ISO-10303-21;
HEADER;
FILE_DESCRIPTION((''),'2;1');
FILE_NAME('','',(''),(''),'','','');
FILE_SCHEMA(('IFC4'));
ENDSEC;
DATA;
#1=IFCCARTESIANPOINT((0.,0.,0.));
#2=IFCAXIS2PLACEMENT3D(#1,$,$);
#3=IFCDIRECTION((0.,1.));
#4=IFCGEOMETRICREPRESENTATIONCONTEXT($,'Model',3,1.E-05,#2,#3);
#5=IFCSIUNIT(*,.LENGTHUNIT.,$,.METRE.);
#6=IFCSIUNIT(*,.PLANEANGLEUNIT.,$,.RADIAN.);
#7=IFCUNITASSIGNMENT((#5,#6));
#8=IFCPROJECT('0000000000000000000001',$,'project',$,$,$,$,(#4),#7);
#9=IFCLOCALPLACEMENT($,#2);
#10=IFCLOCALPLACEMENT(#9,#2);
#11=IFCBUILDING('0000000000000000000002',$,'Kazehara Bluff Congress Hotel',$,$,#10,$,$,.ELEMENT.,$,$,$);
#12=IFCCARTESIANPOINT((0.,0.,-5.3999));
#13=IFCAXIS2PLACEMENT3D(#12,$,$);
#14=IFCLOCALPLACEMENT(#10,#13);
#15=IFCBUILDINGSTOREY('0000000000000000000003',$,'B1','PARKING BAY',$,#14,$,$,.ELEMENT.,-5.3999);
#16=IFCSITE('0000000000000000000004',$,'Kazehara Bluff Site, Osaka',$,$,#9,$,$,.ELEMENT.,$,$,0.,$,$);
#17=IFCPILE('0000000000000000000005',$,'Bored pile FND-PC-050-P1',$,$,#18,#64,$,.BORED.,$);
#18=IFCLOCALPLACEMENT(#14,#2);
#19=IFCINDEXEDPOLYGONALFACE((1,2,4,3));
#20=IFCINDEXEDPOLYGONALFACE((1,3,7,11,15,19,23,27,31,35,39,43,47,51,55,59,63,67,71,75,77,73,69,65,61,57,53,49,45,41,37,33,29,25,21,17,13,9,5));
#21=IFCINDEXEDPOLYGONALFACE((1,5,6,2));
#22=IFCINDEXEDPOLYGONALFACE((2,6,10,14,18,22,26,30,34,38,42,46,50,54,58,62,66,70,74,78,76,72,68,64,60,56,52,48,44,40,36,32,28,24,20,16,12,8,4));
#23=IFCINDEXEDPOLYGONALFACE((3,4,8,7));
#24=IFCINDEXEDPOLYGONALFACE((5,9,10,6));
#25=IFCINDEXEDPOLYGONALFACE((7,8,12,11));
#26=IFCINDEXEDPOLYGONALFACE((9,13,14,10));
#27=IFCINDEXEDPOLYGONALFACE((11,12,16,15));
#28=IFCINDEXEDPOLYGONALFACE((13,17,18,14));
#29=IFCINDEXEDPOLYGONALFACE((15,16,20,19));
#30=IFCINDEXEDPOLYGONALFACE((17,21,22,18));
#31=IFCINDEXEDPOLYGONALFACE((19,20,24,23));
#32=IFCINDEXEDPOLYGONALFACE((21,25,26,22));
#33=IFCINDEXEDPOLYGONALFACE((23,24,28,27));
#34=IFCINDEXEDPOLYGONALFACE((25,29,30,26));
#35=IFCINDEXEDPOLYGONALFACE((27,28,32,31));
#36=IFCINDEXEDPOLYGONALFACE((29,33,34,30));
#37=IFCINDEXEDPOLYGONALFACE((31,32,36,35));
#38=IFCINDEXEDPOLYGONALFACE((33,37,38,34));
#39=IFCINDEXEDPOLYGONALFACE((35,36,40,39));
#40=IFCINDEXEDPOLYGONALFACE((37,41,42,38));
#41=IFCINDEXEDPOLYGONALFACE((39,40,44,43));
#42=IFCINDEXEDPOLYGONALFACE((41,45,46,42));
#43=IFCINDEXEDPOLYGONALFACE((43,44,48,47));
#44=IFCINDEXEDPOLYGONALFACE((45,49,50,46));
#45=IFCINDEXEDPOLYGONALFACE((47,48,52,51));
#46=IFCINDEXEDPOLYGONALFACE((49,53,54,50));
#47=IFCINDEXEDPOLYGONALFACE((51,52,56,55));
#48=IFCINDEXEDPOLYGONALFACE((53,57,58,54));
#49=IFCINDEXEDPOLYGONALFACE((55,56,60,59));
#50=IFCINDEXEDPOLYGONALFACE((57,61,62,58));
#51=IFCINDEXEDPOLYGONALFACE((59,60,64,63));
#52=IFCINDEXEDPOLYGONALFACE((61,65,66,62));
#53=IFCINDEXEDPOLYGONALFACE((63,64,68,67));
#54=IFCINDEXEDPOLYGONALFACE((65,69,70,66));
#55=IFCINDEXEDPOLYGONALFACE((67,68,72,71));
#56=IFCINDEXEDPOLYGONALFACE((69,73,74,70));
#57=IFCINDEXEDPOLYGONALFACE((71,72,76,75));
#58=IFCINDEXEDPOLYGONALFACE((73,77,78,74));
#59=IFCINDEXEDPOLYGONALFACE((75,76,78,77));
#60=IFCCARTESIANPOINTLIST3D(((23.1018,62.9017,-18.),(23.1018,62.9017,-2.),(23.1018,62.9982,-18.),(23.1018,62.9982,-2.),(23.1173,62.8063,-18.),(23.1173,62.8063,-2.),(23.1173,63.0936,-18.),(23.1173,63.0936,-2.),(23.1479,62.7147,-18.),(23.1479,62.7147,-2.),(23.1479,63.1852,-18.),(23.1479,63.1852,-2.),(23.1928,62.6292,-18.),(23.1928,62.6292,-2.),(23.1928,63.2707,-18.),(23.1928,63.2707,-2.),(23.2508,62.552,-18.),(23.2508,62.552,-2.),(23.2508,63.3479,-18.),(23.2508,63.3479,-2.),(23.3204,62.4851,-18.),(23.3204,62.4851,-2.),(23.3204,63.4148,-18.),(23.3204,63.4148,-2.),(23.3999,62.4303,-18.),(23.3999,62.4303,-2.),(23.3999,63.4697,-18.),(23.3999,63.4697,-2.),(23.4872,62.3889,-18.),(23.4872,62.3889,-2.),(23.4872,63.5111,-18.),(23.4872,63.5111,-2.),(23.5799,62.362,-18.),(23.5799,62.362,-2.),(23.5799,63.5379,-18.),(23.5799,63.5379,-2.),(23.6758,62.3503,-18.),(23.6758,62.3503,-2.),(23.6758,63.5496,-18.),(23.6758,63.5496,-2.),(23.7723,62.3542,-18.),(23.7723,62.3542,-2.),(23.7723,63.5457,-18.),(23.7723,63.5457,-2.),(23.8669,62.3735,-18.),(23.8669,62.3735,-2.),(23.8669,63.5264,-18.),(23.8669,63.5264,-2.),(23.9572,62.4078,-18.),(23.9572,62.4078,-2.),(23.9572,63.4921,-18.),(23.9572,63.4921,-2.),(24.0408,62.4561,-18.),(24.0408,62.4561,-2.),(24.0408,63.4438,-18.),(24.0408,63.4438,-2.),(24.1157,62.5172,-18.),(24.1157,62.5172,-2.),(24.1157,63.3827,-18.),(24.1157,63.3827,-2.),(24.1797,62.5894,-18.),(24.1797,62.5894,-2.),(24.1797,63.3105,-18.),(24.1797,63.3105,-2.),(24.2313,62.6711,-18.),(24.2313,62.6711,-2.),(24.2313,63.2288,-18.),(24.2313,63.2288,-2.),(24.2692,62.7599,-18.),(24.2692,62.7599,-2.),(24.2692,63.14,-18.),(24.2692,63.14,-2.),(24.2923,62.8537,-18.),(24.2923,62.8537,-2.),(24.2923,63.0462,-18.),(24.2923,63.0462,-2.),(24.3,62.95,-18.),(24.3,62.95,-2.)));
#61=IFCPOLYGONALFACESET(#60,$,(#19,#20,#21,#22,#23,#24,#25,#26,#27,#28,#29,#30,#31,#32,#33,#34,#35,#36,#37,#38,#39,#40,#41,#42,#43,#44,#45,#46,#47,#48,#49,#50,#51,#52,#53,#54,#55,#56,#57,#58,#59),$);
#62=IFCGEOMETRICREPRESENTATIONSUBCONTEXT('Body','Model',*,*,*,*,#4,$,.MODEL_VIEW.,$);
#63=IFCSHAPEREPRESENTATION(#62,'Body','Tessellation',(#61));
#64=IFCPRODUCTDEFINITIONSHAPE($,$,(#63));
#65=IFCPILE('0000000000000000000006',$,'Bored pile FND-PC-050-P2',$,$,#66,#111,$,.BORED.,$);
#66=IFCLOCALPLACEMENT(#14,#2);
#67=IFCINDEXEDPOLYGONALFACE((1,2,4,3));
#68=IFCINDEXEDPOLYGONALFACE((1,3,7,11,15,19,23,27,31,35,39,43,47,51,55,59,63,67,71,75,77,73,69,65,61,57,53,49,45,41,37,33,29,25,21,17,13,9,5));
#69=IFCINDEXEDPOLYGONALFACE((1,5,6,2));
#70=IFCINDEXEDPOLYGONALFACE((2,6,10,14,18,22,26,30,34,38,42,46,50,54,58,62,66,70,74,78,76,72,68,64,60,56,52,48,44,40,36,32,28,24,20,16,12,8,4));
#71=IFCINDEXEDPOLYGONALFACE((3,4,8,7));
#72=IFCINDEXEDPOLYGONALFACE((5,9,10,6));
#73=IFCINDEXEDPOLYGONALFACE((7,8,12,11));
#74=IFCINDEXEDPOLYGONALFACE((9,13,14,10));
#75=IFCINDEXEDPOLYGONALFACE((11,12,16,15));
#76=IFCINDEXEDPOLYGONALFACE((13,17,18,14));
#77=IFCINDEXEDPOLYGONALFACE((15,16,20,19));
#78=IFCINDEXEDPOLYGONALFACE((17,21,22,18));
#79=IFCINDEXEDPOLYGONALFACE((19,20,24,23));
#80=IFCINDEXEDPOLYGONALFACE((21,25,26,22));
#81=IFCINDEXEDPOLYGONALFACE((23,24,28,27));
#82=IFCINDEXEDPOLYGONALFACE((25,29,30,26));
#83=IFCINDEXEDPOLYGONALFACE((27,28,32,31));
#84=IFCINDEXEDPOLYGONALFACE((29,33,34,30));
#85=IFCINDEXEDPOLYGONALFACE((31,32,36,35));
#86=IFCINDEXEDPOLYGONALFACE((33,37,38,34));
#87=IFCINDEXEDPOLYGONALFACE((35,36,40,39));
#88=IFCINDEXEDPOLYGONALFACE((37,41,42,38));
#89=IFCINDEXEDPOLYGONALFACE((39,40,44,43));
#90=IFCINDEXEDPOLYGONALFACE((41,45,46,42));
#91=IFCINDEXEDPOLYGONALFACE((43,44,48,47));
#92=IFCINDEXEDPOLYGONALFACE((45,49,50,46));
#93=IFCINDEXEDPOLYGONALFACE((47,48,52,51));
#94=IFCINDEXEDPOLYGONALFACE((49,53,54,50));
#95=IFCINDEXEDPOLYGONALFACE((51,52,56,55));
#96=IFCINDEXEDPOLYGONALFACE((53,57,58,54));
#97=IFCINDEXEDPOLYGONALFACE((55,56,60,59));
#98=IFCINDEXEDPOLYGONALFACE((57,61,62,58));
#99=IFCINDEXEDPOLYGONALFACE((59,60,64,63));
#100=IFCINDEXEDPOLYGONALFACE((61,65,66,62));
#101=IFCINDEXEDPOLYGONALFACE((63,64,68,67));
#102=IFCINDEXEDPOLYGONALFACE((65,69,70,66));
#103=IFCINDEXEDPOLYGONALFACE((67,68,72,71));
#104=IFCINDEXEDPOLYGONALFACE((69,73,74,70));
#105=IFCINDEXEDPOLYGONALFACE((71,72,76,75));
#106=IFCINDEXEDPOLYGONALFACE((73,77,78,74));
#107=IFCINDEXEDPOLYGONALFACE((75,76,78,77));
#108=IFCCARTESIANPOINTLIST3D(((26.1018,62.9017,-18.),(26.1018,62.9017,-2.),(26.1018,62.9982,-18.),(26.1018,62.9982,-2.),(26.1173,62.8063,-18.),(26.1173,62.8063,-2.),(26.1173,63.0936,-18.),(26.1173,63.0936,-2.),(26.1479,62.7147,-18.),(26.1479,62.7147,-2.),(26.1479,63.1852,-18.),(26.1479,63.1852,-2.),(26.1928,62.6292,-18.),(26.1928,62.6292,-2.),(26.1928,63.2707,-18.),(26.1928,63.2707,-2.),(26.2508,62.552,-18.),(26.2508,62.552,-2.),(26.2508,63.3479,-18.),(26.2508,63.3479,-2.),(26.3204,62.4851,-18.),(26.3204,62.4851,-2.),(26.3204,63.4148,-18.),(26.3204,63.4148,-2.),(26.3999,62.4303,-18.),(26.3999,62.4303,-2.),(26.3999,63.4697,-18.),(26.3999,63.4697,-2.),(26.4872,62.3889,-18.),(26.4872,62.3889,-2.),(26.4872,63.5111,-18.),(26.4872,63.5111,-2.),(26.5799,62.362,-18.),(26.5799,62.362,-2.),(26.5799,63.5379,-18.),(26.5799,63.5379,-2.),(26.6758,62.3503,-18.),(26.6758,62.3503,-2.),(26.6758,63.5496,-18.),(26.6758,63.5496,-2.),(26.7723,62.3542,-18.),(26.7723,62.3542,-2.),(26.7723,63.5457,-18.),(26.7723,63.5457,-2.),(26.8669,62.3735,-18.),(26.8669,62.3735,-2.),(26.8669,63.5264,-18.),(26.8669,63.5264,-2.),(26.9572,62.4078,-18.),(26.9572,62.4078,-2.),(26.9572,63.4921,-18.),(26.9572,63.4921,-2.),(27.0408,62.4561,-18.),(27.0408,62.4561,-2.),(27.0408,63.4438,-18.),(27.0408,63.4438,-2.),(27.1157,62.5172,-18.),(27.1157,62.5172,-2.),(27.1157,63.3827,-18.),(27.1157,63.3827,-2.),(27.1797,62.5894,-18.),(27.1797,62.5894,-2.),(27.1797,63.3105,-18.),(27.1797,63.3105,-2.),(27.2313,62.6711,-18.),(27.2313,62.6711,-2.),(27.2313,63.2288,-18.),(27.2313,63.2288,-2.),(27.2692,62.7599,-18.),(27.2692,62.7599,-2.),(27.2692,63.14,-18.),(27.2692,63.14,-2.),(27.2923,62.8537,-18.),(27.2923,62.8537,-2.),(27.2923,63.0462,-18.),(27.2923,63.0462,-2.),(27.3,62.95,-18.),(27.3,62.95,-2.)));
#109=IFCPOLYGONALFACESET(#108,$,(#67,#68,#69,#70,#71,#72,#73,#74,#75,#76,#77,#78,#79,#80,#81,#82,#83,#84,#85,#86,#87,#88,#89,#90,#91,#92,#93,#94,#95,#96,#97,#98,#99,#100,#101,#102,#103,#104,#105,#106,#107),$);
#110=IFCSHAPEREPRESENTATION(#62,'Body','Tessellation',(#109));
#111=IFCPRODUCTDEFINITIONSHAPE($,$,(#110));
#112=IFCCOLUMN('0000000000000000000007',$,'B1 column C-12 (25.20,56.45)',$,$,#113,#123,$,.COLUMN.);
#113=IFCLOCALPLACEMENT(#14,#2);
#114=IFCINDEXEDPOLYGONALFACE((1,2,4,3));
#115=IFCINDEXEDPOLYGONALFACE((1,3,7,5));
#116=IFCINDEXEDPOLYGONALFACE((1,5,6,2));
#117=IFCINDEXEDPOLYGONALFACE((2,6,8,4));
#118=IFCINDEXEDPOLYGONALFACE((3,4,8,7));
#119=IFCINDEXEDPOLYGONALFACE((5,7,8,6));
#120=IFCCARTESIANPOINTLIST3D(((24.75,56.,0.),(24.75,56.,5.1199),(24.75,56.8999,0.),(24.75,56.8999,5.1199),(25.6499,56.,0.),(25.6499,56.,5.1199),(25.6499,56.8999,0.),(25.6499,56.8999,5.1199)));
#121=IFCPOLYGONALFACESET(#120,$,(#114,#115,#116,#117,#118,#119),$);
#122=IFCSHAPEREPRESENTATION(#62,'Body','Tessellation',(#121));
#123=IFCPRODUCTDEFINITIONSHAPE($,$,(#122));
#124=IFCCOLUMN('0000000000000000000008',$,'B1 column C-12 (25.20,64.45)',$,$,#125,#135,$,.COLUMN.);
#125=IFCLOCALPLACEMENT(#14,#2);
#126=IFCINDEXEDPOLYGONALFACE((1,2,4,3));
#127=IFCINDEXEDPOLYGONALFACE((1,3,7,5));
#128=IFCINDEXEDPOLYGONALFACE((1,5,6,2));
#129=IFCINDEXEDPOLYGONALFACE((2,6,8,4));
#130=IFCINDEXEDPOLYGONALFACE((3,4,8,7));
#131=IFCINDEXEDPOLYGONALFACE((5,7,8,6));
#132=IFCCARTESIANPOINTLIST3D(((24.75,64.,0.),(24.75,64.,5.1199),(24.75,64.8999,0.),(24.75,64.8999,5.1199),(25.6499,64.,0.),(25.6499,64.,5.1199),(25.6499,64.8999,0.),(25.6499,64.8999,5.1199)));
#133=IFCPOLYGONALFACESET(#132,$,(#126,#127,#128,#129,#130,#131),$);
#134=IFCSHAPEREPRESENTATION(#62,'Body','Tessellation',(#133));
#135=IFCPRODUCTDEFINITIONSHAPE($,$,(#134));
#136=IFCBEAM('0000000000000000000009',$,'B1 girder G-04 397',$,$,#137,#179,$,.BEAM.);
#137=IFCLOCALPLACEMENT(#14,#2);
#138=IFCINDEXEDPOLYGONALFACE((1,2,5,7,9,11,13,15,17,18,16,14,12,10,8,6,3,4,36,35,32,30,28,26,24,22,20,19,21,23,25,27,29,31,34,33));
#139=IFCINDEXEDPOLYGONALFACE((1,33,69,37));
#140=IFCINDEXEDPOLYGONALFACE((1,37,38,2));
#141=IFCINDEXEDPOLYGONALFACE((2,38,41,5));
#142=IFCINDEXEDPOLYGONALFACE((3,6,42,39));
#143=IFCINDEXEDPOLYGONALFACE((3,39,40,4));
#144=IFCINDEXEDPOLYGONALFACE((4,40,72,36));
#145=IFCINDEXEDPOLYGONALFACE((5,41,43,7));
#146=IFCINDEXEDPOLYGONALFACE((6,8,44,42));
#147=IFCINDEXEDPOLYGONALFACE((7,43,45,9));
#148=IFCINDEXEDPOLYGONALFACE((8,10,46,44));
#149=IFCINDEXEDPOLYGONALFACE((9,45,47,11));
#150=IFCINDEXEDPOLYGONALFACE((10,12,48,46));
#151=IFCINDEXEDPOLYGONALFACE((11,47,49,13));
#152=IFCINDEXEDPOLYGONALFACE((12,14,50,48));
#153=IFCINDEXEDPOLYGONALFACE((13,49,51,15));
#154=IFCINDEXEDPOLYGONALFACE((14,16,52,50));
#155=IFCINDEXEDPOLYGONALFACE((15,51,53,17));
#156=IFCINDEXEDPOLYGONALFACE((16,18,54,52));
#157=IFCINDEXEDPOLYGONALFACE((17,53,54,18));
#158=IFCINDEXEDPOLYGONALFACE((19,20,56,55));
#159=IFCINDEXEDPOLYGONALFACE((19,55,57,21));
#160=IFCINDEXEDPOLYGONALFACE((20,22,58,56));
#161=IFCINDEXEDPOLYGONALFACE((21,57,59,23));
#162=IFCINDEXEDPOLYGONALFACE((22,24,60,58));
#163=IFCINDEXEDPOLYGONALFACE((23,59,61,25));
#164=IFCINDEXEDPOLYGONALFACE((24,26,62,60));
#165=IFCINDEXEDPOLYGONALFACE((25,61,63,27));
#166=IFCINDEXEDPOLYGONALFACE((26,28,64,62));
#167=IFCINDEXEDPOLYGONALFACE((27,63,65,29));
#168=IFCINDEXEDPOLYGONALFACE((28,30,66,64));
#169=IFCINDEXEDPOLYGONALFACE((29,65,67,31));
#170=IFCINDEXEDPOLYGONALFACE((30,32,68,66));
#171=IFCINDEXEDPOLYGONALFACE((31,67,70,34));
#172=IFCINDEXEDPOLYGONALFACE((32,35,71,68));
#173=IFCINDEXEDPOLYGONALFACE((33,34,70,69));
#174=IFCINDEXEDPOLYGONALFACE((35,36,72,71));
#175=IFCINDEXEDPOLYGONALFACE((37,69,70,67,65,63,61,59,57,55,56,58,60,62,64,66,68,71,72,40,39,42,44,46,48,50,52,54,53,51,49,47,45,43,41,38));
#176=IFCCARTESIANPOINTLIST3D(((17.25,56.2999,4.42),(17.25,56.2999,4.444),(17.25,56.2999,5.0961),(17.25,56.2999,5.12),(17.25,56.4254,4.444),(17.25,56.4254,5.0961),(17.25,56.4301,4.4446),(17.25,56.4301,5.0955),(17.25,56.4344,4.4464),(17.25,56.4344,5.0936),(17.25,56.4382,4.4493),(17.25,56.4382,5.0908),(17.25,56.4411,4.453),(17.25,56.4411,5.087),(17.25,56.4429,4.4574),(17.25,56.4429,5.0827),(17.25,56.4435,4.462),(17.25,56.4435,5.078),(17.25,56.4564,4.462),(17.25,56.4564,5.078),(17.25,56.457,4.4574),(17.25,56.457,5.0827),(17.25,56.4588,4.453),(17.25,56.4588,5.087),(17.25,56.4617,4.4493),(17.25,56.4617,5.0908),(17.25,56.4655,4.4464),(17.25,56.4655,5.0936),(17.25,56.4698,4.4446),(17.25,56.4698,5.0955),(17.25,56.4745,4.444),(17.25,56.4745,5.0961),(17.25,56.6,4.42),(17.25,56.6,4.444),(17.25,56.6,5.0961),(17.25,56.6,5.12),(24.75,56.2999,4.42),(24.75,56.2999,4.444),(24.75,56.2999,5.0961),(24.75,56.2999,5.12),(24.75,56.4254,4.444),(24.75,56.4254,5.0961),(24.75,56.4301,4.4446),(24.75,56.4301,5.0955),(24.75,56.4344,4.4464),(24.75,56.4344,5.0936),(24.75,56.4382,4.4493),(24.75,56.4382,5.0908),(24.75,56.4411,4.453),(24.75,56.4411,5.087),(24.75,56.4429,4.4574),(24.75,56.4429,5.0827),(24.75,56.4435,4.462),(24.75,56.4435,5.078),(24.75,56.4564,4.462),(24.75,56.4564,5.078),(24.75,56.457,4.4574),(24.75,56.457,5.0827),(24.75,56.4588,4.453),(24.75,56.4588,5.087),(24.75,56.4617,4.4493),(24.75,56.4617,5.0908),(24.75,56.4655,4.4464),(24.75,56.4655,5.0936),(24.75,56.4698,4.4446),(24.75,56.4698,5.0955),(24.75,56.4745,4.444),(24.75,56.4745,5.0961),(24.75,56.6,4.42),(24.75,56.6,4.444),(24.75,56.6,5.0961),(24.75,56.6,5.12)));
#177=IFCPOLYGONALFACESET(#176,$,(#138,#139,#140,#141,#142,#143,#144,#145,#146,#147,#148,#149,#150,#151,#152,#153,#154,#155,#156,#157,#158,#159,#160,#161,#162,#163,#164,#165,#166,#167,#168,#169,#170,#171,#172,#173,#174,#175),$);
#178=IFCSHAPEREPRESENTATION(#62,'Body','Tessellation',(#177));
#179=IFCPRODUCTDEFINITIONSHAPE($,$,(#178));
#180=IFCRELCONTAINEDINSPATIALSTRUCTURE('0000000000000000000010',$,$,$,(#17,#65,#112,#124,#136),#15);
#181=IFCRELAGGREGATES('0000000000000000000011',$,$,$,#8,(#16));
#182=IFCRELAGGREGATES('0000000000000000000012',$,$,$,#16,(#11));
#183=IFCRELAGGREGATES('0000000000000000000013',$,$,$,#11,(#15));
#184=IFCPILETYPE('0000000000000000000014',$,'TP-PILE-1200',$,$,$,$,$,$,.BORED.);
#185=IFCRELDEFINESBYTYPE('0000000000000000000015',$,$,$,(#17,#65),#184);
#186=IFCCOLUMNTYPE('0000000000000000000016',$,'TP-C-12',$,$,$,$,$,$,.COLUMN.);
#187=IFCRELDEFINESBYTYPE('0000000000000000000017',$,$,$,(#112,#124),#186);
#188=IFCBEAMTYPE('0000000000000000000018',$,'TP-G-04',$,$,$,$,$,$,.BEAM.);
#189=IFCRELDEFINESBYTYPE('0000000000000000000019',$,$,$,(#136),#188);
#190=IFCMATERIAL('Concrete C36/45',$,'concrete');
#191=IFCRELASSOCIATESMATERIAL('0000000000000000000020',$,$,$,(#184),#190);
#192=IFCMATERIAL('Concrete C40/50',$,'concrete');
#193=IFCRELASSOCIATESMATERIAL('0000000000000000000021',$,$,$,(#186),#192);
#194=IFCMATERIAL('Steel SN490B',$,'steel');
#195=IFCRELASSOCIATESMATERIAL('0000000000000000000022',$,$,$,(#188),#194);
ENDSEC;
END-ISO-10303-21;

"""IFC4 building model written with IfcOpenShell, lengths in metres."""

from ifc_helpers import new_model, si_unit, direction, frame, origin, origin_2d, place, context, subcontext, project, spatial, rectangle, circle, i_section, extrude, material, material_profile, profile_set, type_object, element, save


model = new_model("IFC4")

# Units and contexts
model_context = context("Model", 3, precision=1e-05, world=origin(), true_north=direction((0.0, 1.0)))
body_context = subcontext(model_context, "Body", "Model", "MODEL_VIEW")
ifc_project = project(units=[si_unit("LENGTHUNIT", "METRE"), si_unit("PLANEANGLEUNIT", "RADIAN")], contexts=[model_context])

# Site, building, storey
site_placement = place(None, origin())
site = spatial("IfcSite", under=ifc_project, at=site_placement, Name="Kazehara Bluff Site, Osaka", CompositionType="ELEMENT", RefElevation=0.0)
building_placement = place(site_placement, origin())
building = spatial("IfcBuilding", under=site, at=building_placement, Name="Kazehara Bluff Congress Hotel", CompositionType="ELEMENT")
storey_placement = place(building_placement, frame((0.0, 0.0, -5.3999)))
storey = spatial("IfcBuildingStorey", under=building, at=storey_placement, Name="B1", Description="PARKING BAY", CompositionType="ELEMENT", Elevation=-5.3999)

# Piles
ifc_material_1 = material(Name="Concrete C36/45", Category="concrete")
ifc_material_profile_1 = material_profile(ifc_material_1, circle(Radius=0.6001, at=origin_2d()))
ifc_profile_set_1 = profile_set([ifc_material_profile_1], Name="Concrete C36/45")
pile_type = type_object("IfcPileType", Name="TP-PILE-1200", PredefinedType="BORED", material=ifc_profile_set_1)
for number, where, z_axis, x_axis, name in (
    (1, (23.7, 62.95, -2.0), (0.0, 0.0, -1.0), (1.0, 0.0, 0.0), "Bored pile FND-PC-050-P1"),
    (2, (26.7, 62.95, -2.0), (0.0, 0.0, -1.0), (1.0, 0.0, 0.0), "Bored pile FND-PC-050-P2"),
):
    element("IfcPile", number, at=place(storey_placement, frame(where, z_axis=z_axis, x_axis=x_axis)), inside=storey, type_object=pile_type, Name=name, PredefinedType="BORED", context=body_context, shape_type="SweptSolid", body=[
        extrude(circle(Radius=0.6001, at=origin_2d()), origin(), (0.0, 0.0, 1.0), 16.0),
    ])

# Columns
ifc_material_2 = material(Name="Concrete C40/50", Category="concrete")
ifc_material_profile_2 = material_profile(ifc_material_2, rectangle(XDim=0.8999, YDim=0.8999, at=origin_2d()))
ifc_profile_set_2 = profile_set([ifc_material_profile_2], Name="Concrete C40/50")
column_type = type_object("IfcColumnType", Name="TP-C-12", PredefinedType="COLUMN", material=ifc_profile_set_2)
for number, where, z_axis, x_axis, name in (
    (3, (25.2, 56.45, 0.0), (0.0, 0.0, 1.0), (1.0, 0.0, 0.0), "B1 column C-12 (25.20,56.45)"),
    (4, (25.2, 64.45, 0.0), (0.0, 0.0, 1.0), (1.0, 0.0, 0.0), "B1 column C-12 (25.20,64.45)"),
):
    element("IfcColumn", number, at=place(storey_placement, frame(where, z_axis=z_axis, x_axis=x_axis)), inside=storey, type_object=column_type, Name=name, PredefinedType="COLUMN", context=body_context, shape_type="SweptSolid", body=[
        extrude(rectangle(XDim=0.8999, YDim=0.8999, at=origin_2d()), origin(), (0.0, 0.0, 1.0), 5.1199),
    ])

# Beam
ifc_material_3 = material(Name="Steel SN490B", Category="steel")
ifc_material_profile_3 = material_profile(ifc_material_3, i_section(OverallWidth=0.3, OverallDepth=0.7, WebThickness=0.0129, FlangeThickness=0.0239, FilletRadius=0.0181, at=origin_2d()))
ifc_profile_set_3 = profile_set([ifc_material_profile_3], Name="Steel SN490B")
beam_type_1 = type_object("IfcBeamType", Name="TP-G-04", PredefinedType="BEAM", material=ifc_profile_set_3)
for number, where, z_axis, x_axis, name in (
    (5, (17.25, 56.45, 4.77), (1.0, 0.0, 0.0), (0.0, 1.0, 0.0), "B1 girder G-04 397"),
):
    element("IfcBeam", number, at=place(storey_placement, frame(where, z_axis=z_axis, x_axis=x_axis)), inside=storey, type_object=beam_type_1, Name=name, PredefinedType="BEAM", context=body_context, shape_type="SweptSolid", body=[
        extrude(i_section(OverallWidth=0.3, OverallDepth=0.7, WebThickness=0.0129, FlangeThickness=0.0239, FilletRadius=0.0181, at=origin_2d()), origin(), (0.0, 0.0, 1.0), 7.5),
    ])

save(model, "model.ifc")
